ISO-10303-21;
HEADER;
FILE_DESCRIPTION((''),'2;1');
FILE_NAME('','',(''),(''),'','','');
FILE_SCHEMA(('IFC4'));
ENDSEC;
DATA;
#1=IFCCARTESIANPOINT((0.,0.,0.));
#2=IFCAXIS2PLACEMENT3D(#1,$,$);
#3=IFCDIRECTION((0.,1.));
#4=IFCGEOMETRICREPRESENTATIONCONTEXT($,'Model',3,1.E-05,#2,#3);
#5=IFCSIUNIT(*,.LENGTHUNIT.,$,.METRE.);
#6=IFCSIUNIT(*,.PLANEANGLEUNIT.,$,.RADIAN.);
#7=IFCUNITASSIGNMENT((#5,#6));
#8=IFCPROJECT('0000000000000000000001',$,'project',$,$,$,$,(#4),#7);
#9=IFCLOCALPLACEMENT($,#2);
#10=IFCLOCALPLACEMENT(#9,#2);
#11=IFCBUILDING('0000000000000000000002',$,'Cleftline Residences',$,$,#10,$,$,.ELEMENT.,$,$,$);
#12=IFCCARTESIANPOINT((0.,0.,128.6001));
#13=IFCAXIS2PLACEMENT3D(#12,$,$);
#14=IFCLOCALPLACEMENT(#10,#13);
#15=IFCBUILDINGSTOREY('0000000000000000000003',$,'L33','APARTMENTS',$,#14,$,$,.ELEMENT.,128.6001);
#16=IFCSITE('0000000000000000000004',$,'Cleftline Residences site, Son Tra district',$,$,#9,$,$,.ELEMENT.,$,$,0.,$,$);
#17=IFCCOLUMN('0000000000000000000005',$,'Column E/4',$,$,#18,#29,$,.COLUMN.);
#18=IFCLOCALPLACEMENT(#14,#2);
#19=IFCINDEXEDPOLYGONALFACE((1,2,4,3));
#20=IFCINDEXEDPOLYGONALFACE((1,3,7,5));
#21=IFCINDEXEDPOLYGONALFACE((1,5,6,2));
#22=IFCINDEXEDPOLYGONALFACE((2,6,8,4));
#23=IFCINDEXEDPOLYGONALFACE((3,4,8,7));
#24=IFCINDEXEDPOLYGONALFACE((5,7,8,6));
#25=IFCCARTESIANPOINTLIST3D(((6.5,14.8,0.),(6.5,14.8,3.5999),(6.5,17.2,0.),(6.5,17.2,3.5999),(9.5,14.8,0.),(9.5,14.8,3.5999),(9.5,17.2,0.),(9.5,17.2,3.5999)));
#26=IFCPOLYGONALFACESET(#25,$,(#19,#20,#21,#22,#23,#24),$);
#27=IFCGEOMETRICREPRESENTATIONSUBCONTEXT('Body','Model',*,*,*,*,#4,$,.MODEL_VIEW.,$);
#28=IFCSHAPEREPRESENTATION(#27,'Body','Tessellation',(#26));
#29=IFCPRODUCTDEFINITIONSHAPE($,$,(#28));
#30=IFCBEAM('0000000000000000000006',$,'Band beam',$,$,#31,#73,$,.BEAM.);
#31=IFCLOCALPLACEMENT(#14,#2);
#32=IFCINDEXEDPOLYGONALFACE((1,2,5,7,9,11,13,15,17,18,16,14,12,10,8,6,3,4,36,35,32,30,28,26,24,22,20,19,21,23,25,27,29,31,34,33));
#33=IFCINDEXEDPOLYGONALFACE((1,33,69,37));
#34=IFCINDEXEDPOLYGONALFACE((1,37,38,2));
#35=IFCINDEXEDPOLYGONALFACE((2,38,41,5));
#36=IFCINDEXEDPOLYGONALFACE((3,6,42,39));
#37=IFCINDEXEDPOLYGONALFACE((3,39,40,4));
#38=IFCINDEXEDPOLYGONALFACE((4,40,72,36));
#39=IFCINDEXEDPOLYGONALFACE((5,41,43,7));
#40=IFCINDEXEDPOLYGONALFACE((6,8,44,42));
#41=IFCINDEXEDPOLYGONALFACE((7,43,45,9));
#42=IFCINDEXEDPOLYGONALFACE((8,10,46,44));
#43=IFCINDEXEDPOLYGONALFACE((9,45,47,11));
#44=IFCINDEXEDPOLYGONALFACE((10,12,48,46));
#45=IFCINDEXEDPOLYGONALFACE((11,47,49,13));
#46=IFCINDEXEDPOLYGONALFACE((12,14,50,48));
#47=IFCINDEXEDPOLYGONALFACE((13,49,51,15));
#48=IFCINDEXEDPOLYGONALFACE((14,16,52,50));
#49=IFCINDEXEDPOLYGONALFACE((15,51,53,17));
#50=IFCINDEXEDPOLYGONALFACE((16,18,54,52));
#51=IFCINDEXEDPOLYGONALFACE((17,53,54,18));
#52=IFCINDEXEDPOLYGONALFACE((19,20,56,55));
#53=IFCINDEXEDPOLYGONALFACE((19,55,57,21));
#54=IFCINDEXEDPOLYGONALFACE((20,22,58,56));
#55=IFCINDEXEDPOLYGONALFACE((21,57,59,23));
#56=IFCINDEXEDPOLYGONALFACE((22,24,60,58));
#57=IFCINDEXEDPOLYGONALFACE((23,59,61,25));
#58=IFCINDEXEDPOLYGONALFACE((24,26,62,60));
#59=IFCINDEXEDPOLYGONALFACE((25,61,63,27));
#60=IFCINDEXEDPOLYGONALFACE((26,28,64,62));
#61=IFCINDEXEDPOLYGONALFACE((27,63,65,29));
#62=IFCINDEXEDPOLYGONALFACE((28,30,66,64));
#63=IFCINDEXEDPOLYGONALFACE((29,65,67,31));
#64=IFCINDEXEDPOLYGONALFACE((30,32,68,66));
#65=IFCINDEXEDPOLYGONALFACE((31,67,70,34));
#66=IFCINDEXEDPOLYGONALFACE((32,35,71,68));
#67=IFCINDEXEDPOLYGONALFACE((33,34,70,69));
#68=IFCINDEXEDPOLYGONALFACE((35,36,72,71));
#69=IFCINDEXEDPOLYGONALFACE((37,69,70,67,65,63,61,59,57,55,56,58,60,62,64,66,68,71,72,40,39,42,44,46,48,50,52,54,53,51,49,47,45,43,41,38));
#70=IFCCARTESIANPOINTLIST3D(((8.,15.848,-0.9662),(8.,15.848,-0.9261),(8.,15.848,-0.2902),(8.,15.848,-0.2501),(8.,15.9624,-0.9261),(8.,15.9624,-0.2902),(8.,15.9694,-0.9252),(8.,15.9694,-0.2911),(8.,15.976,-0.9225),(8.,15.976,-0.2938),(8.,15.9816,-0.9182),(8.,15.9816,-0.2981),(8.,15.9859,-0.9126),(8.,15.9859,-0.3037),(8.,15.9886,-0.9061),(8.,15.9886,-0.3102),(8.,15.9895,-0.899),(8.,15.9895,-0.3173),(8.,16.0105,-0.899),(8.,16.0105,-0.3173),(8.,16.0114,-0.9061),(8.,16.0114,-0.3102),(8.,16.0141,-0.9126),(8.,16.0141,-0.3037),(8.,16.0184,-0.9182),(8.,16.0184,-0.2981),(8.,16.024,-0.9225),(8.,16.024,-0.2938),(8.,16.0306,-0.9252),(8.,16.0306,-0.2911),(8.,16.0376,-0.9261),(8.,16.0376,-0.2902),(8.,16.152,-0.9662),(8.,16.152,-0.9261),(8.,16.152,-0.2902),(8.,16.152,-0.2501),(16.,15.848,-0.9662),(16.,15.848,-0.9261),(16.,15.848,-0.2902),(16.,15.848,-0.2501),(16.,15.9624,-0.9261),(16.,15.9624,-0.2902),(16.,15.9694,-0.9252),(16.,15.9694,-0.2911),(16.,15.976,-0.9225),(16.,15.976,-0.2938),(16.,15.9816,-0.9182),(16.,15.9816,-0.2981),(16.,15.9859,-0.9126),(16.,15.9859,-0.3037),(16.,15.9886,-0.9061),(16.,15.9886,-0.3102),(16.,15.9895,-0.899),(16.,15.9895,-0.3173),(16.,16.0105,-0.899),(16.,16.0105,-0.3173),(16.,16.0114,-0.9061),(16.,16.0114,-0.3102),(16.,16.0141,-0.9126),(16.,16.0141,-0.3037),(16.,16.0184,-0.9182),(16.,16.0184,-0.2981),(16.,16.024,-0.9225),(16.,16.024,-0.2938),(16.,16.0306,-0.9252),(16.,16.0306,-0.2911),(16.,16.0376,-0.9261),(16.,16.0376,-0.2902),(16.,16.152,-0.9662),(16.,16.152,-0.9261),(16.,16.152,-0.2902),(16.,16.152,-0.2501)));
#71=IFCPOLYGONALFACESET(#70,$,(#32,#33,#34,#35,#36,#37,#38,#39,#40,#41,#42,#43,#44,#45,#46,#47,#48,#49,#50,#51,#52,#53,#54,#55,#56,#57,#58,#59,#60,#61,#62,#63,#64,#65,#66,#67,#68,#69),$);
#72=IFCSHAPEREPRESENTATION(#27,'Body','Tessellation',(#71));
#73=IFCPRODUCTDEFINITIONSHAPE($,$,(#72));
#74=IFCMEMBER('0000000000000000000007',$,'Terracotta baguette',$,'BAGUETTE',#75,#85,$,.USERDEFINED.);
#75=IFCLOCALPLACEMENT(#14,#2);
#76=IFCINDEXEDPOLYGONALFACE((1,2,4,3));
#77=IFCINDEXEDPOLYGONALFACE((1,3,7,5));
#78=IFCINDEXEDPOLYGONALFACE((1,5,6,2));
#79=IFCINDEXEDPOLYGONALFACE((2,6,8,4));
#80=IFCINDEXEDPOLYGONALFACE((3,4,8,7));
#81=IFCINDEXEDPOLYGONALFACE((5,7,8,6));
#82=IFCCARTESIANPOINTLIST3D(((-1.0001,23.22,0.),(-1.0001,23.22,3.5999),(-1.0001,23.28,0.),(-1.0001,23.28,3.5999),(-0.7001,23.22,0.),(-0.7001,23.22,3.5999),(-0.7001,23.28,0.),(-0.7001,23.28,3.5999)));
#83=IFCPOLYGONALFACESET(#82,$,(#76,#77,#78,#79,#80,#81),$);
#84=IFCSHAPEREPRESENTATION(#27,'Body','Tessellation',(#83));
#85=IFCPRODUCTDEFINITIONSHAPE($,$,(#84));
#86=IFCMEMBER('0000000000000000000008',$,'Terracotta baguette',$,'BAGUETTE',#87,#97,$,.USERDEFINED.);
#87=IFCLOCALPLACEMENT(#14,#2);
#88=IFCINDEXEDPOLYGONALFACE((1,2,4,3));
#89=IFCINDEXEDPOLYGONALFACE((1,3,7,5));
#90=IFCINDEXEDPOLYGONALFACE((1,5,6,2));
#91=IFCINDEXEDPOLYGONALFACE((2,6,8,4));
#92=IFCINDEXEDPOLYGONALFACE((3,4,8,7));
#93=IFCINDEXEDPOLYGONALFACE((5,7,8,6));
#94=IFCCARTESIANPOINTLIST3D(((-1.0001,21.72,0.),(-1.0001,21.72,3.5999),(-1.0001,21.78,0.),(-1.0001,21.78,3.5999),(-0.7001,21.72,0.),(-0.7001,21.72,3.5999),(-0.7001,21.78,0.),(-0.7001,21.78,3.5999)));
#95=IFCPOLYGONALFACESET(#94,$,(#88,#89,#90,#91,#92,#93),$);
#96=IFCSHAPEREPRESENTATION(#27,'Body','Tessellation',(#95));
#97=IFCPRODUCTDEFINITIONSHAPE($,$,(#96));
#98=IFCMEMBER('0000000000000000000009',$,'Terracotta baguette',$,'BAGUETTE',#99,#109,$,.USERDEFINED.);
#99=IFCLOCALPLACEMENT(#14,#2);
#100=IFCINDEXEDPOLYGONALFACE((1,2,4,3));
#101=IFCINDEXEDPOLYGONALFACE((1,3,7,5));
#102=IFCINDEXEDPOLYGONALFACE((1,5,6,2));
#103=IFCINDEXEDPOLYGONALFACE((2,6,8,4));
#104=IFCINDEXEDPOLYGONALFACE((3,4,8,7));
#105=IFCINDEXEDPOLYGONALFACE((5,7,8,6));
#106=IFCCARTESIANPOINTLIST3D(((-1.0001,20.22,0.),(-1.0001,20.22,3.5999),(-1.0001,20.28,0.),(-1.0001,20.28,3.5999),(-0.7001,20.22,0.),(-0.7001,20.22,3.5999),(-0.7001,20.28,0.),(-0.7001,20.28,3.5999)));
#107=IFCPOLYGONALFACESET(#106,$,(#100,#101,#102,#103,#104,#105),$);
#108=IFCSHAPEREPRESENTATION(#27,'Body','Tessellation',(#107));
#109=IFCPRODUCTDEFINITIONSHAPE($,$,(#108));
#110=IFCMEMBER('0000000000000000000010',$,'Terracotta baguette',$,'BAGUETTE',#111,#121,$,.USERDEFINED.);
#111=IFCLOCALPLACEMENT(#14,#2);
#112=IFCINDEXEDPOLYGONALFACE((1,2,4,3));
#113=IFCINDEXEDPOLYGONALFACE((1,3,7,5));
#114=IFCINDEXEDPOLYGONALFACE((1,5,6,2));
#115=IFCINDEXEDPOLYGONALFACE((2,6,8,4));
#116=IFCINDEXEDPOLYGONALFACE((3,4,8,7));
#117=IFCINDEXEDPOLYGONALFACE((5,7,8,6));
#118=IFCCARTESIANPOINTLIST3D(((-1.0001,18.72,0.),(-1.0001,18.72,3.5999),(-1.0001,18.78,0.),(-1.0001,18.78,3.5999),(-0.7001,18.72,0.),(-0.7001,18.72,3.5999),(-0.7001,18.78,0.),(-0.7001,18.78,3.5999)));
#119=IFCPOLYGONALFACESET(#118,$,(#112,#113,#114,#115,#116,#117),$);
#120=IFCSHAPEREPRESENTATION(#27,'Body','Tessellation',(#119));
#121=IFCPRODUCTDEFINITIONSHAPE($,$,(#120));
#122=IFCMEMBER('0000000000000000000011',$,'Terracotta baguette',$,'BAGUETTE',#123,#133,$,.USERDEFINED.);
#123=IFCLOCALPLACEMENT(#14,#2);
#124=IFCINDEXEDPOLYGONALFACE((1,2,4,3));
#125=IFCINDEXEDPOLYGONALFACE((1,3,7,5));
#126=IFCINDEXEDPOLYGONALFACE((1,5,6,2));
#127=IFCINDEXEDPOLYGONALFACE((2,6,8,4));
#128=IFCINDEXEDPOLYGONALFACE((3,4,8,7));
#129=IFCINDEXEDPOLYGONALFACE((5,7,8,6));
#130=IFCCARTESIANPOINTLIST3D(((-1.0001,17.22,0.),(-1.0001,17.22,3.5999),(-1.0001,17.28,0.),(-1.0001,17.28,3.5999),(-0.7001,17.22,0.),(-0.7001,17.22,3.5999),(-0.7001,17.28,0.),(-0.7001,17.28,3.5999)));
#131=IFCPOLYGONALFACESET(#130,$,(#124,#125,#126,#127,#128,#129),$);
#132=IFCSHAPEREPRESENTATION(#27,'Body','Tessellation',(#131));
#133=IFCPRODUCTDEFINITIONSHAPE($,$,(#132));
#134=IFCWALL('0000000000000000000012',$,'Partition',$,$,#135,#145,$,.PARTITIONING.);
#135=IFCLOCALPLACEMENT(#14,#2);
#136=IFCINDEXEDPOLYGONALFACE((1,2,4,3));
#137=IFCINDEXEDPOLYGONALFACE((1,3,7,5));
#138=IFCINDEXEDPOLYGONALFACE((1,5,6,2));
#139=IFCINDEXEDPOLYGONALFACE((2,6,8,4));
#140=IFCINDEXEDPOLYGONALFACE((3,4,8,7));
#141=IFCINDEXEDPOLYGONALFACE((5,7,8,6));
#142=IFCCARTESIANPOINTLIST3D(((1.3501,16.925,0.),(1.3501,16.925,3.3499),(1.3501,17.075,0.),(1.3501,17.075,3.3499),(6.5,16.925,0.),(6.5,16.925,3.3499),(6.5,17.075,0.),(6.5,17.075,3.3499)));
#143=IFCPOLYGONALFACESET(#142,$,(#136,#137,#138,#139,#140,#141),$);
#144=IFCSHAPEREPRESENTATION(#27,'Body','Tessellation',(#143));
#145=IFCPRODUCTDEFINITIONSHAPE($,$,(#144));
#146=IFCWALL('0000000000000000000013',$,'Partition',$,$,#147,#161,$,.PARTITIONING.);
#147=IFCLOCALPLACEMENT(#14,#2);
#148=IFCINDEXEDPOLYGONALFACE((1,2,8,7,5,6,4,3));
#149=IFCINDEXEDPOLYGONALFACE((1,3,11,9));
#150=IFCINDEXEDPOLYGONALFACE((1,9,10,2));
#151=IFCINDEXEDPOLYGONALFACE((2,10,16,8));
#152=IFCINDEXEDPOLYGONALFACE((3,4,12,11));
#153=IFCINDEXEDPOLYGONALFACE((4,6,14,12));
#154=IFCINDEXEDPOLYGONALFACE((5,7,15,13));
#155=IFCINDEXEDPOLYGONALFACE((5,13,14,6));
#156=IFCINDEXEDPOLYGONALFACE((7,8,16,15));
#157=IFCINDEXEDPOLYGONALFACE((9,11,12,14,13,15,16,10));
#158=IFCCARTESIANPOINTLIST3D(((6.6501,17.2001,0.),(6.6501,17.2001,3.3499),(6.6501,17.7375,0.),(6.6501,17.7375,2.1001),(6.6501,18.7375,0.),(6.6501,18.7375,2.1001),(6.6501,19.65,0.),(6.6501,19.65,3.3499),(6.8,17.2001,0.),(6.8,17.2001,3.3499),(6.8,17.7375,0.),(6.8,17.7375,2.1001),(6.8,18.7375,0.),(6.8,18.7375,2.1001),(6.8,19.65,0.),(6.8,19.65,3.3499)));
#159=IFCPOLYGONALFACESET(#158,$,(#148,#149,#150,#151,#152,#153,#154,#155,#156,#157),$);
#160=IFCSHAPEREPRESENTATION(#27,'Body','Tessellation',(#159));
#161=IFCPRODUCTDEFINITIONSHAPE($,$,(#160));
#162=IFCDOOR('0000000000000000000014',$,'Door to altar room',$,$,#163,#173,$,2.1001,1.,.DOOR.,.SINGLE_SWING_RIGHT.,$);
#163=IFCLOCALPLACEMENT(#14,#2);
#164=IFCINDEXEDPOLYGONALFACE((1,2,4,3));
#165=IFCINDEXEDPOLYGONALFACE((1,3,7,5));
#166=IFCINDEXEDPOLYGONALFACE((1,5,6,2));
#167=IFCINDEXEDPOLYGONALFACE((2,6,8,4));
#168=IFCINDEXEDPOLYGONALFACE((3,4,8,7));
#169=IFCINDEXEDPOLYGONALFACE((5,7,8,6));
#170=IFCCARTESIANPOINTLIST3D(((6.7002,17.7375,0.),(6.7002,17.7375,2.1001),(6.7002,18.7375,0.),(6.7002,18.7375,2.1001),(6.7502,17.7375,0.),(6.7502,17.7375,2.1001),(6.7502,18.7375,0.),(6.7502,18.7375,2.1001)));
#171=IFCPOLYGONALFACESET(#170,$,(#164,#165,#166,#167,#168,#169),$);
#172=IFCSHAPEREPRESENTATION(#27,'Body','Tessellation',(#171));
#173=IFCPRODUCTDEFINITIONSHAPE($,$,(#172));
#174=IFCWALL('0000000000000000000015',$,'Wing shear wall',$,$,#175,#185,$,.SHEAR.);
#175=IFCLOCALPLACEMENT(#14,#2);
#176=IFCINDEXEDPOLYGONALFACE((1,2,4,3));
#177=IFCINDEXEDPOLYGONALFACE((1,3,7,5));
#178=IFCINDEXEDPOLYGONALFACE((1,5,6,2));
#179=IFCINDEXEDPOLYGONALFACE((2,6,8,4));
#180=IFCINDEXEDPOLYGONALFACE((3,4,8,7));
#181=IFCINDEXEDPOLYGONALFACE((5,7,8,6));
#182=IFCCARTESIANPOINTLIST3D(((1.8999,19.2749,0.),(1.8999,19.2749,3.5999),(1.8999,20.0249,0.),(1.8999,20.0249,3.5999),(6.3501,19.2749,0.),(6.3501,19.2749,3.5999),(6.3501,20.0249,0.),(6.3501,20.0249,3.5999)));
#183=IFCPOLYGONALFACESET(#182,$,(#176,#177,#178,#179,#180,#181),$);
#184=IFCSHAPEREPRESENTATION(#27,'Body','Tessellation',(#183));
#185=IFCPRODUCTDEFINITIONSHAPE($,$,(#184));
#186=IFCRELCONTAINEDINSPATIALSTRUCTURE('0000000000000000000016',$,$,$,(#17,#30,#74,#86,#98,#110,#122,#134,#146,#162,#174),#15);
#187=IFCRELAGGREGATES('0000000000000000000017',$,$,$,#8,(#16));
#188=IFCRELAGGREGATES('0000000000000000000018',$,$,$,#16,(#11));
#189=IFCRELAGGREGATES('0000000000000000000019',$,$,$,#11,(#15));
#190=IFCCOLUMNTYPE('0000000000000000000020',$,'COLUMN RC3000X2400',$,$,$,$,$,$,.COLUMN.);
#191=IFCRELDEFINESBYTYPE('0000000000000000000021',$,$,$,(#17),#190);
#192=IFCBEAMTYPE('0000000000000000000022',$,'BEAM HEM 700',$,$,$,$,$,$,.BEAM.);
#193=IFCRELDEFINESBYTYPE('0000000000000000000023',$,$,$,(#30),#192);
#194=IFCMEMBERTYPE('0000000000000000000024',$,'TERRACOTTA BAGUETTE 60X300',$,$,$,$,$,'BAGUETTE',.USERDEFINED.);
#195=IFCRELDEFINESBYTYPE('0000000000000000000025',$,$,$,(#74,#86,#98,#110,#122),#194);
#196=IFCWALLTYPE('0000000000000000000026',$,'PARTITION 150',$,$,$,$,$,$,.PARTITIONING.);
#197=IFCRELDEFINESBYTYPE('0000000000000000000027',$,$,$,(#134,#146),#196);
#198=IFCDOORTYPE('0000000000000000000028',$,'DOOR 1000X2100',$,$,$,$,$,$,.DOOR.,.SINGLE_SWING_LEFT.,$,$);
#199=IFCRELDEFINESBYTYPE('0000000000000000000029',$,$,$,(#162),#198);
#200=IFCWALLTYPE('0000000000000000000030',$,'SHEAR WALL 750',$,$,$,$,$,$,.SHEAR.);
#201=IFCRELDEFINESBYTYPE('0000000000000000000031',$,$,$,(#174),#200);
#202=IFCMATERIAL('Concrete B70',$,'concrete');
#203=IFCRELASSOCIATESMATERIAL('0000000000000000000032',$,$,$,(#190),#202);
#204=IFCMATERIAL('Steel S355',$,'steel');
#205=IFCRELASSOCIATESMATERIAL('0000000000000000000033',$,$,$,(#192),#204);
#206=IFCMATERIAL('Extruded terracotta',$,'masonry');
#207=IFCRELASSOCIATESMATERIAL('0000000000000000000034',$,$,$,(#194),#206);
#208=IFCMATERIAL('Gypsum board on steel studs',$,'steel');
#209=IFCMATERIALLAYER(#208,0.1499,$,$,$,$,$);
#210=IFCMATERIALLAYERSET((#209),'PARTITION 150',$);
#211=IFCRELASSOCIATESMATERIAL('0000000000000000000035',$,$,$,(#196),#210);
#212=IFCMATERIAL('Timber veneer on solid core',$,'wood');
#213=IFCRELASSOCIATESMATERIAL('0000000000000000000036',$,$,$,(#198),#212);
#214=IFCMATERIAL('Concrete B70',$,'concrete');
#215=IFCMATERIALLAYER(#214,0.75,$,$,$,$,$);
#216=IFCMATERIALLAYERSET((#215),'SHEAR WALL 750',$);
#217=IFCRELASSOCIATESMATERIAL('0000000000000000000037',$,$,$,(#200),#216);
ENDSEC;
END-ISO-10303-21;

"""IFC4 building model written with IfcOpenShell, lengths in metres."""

from ifc_helpers import new_model, si_unit, direction, frame, frame_2d, origin, origin_2d, place, context, subcontext, project, spatial, rectangle, i_section, extrude, material, layer, layer_set, material_profile, profile_set, type_object, element, fill, save


model = new_model("IFC4")

# Units and contexts
model_context = context("Model", 3, precision=1e-05, world=origin(), true_north=direction((0.0, 1.0)))
body_context = subcontext(model_context, "Body", "Model", "MODEL_VIEW")
ifc_project = project(units=[si_unit("LENGTHUNIT", "METRE"), si_unit("PLANEANGLEUNIT", "RADIAN")], contexts=[model_context])

# Site, building, storey
site_placement = place(None, origin())
site = spatial("IfcSite", under=ifc_project, at=site_placement, Name="Cleftline Residences site, Son Tra district", CompositionType="ELEMENT", RefElevation=0.0)
building_placement = place(site_placement, origin())
building = spatial("IfcBuilding", under=site, at=building_placement, Name="Cleftline Residences", CompositionType="ELEMENT")
storey_placement = place(building_placement, frame((0.0, 0.0, 128.6001)))
storey = spatial("IfcBuildingStorey", under=building, at=storey_placement, Name="L33", Description="APARTMENTS", CompositionType="ELEMENT", Elevation=128.6001)

# Column
ifc_material_1 = material(Name="Concrete B70", Category="concrete")
ifc_material_profile_1 = material_profile(ifc_material_1, rectangle(XDim=3.0, YDim=2.3999, at=origin_2d()))
ifc_profile_set_1 = profile_set([ifc_material_profile_1], Name="Concrete B70")
column_type = type_object("IfcColumnType", Name="COLUMN RC3000X2400", PredefinedType="COLUMN", material=ifc_profile_set_1)
column_placement = place(storey_placement, frame((8.0, 16.0, 0.0), z_axis=(0.0, 0.0, 1.0), x_axis=(1.0, 0.0, 0.0)))
element("IfcColumn", 1, at=column_placement, inside=storey, type_object=column_type, Name="Column E/4", PredefinedType="COLUMN", context=body_context, shape_type="SweptSolid", body=[
    extrude(rectangle(XDim=3.0, YDim=2.3999, at=origin_2d()), origin(), (0.0, 0.0, 1.0), 3.5999),
])

# Beam
ifc_material_2 = material(Name="Steel S355", Category="steel")
ifc_material_profile_2 = material_profile(ifc_material_2, i_section(OverallWidth=0.304, OverallDepth=0.7161, WebThickness=0.021, FlangeThickness=0.04, FilletRadius=0.0271, at=origin_2d()))
ifc_profile_set_2 = profile_set([ifc_material_profile_2], Name="Steel S355")
beam_type = type_object("IfcBeamType", Name="BEAM HEM 700", PredefinedType="BEAM", material=ifc_profile_set_2)
beam_placement = place(storey_placement, frame((8.0, 16.0, -0.6082), z_axis=(1.0, 0.0, 0.0), x_axis=(0.0, 1.0, 0.0)))
element("IfcBeam", 2, at=beam_placement, inside=storey, type_object=beam_type, Name="Band beam", PredefinedType="BEAM", context=body_context, shape_type="SweptSolid", body=[
    extrude(i_section(OverallWidth=0.304, OverallDepth=0.7161, WebThickness=0.021, FlangeThickness=0.04, FilletRadius=0.0271, at=origin_2d()), origin(), (0.0, 0.0, 1.0), 8.0),
])

# Members
ifc_material_3 = material(Name="Extruded terracotta", Category="masonry")
ifc_material_profile_3 = material_profile(ifc_material_3, rectangle(XDim=0.0601, YDim=0.3, at=origin_2d()))
ifc_profile_set_3 = profile_set([ifc_material_profile_3], Name="Extruded terracotta")
member_type = type_object("IfcMemberType", Name="TERRACOTTA BAGUETTE 60X300", ElementType="BAGUETTE", PredefinedType="USERDEFINED", material=ifc_profile_set_3)
for number, where, z_axis, x_axis, name in (
    (3, (-0.8501, 23.25, 0.0), (0.0, 0.0, 1.0), (0.0, 1.0, 0.0), "Terracotta baguette"),
    (4, (-0.8501, 21.75, 0.0), (0.0, 0.0, 1.0), (0.0, 1.0, 0.0), "Terracotta baguette"),
    (5, (-0.8501, 20.25, 0.0), (0.0, 0.0, 1.0), (0.0, 1.0, 0.0), "Terracotta baguette"),
    (6, (-0.8501, 18.75, 0.0), (0.0, 0.0, 1.0), (0.0, 1.0, 0.0), "Terracotta baguette"),
    (7, (-0.8501, 17.25, 0.0), (0.0, 0.0, 1.0), (0.0, 1.0, 0.0), "Terracotta baguette"),
):
    element("IfcMember", number, at=place(storey_placement, frame(where, z_axis=z_axis, x_axis=x_axis)), inside=storey, type_object=member_type, Name=name, ObjectType="BAGUETTE", PredefinedType="USERDEFINED", context=body_context, shape_type="SweptSolid", body=[
        extrude(rectangle(XDim=0.0601, YDim=0.3, at=origin_2d()), origin(), (0.0, 0.0, 1.0), 3.5999),
    ])

# Wall
ifc_material_4 = material(Name="Gypsum board on steel studs", Category="steel")
ifc_layer_1 = layer(ifc_material_4, 0.1499)
ifc_layer_set_1 = layer_set([ifc_layer_1], Name="PARTITION 150")
wall_type_1 = type_object("IfcWallType", Name="PARTITION 150", PredefinedType="PARTITIONING", material=ifc_layer_set_1)
wall_1_placement = place(storey_placement, frame((1.3501, 17.0, 0.0), z_axis=(0.0, 0.0, 1.0), x_axis=(1.0, 0.0, 0.0)))
element("IfcWall", 8, at=wall_1_placement, inside=storey, type_object=wall_type_1, Name="Partition", PredefinedType="PARTITIONING", context=body_context, shape_type="SweptSolid", body=[
    extrude(rectangle(XDim=5.1499, YDim=0.1499, at=frame_2d((2.575, 0.0))), origin(), (0.0, 0.0, 1.0), 3.3499),
])

# Wall, opening, door
wall_2_placement = place(storey_placement, frame((6.7251, 17.2, 0.0), z_axis=(0.0, 0.0, 1.0), x_axis=(0.0, 1.0, 0.0)))
wall_2 = element("IfcWall", 9, at=wall_2_placement, inside=storey, type_object=wall_type_1, Name="Partition", PredefinedType="PARTITIONING", context=body_context, shape_type="SweptSolid", body=[
    extrude(rectangle(XDim=2.45, YDim=0.1499, at=frame_2d((1.2251, 0.0))), origin(), (0.0, 0.0, 1.0), 3.3499),
])
opening_1_placement = place(wall_2_placement, frame((0.5376, 0.0, 0.0)))
opening_1 = element("IfcOpeningElement", 10, at=opening_1_placement, cuts=wall_2, PredefinedType="OPENING", context=body_context, shape_type="SweptSolid", body=[
    extrude(rectangle(XDim=1.0, YDim=2.1001, at=frame_2d((0.5, 1.05))), frame((0.0, 0.085, 0.0), z_axis=(0.0, -1.0, 0.0), x_axis=(1.0, 0.0, 0.0)), (0.0, 0.0, 1.0), 0.1699),
])
ifc_material_5 = material(Name="Timber veneer on solid core", Category="wood")
door_type_1 = type_object("IfcDoorType", Name="DOOR 1000X2100", OperationType="SINGLE_SWING_LEFT", PredefinedType="DOOR", material=ifc_material_5)
door_1_placement = place(opening_1_placement, origin())
door_1 = element("IfcDoor", 11, at=door_1_placement, inside=storey, type_object=door_type_1, Name="Door to altar room", OperationType="SINGLE_SWING_RIGHT", OverallHeight=2.1001, OverallWidth=1.0, PredefinedType="DOOR", context=body_context, shape_type="SweptSolid", body=[
    extrude(rectangle(XDim=1.0, YDim=2.1001, at=frame_2d((0.5, 1.05))), frame((0.0, 0.0249, 0.0), z_axis=(0.0, -1.0, 0.0), x_axis=(1.0, 0.0, 0.0)), (0.0, 0.0, 1.0), 0.05),
])
fill(opening_1, door_1)

# Wall
ifc_material_6 = material(Name="Concrete B70", Category="concrete")
ifc_layer_2 = layer(ifc_material_6, 0.75)
ifc_layer_set_2 = layer_set([ifc_layer_2], Name="SHEAR WALL 750")
wall_type_2 = type_object("IfcWallType", Name="SHEAR WALL 750", PredefinedType="SHEAR", material=ifc_layer_set_2)
wall_3_placement = place(storey_placement, frame((1.8999, 19.6499, 0.0), z_axis=(0.0, 0.0, 1.0), x_axis=(1.0, 0.0, 0.0)))
element("IfcWall", 12, at=wall_3_placement, inside=storey, type_object=wall_type_2, Name="Wing shear wall", PredefinedType="SHEAR", context=body_context, shape_type="SweptSolid", body=[
    extrude(rectangle(XDim=4.4502, YDim=0.75, at=frame_2d((2.2251, 0.0))), origin(), (0.0, 0.0, 1.0), 3.5999),
])

save(model, "model.ifc")
